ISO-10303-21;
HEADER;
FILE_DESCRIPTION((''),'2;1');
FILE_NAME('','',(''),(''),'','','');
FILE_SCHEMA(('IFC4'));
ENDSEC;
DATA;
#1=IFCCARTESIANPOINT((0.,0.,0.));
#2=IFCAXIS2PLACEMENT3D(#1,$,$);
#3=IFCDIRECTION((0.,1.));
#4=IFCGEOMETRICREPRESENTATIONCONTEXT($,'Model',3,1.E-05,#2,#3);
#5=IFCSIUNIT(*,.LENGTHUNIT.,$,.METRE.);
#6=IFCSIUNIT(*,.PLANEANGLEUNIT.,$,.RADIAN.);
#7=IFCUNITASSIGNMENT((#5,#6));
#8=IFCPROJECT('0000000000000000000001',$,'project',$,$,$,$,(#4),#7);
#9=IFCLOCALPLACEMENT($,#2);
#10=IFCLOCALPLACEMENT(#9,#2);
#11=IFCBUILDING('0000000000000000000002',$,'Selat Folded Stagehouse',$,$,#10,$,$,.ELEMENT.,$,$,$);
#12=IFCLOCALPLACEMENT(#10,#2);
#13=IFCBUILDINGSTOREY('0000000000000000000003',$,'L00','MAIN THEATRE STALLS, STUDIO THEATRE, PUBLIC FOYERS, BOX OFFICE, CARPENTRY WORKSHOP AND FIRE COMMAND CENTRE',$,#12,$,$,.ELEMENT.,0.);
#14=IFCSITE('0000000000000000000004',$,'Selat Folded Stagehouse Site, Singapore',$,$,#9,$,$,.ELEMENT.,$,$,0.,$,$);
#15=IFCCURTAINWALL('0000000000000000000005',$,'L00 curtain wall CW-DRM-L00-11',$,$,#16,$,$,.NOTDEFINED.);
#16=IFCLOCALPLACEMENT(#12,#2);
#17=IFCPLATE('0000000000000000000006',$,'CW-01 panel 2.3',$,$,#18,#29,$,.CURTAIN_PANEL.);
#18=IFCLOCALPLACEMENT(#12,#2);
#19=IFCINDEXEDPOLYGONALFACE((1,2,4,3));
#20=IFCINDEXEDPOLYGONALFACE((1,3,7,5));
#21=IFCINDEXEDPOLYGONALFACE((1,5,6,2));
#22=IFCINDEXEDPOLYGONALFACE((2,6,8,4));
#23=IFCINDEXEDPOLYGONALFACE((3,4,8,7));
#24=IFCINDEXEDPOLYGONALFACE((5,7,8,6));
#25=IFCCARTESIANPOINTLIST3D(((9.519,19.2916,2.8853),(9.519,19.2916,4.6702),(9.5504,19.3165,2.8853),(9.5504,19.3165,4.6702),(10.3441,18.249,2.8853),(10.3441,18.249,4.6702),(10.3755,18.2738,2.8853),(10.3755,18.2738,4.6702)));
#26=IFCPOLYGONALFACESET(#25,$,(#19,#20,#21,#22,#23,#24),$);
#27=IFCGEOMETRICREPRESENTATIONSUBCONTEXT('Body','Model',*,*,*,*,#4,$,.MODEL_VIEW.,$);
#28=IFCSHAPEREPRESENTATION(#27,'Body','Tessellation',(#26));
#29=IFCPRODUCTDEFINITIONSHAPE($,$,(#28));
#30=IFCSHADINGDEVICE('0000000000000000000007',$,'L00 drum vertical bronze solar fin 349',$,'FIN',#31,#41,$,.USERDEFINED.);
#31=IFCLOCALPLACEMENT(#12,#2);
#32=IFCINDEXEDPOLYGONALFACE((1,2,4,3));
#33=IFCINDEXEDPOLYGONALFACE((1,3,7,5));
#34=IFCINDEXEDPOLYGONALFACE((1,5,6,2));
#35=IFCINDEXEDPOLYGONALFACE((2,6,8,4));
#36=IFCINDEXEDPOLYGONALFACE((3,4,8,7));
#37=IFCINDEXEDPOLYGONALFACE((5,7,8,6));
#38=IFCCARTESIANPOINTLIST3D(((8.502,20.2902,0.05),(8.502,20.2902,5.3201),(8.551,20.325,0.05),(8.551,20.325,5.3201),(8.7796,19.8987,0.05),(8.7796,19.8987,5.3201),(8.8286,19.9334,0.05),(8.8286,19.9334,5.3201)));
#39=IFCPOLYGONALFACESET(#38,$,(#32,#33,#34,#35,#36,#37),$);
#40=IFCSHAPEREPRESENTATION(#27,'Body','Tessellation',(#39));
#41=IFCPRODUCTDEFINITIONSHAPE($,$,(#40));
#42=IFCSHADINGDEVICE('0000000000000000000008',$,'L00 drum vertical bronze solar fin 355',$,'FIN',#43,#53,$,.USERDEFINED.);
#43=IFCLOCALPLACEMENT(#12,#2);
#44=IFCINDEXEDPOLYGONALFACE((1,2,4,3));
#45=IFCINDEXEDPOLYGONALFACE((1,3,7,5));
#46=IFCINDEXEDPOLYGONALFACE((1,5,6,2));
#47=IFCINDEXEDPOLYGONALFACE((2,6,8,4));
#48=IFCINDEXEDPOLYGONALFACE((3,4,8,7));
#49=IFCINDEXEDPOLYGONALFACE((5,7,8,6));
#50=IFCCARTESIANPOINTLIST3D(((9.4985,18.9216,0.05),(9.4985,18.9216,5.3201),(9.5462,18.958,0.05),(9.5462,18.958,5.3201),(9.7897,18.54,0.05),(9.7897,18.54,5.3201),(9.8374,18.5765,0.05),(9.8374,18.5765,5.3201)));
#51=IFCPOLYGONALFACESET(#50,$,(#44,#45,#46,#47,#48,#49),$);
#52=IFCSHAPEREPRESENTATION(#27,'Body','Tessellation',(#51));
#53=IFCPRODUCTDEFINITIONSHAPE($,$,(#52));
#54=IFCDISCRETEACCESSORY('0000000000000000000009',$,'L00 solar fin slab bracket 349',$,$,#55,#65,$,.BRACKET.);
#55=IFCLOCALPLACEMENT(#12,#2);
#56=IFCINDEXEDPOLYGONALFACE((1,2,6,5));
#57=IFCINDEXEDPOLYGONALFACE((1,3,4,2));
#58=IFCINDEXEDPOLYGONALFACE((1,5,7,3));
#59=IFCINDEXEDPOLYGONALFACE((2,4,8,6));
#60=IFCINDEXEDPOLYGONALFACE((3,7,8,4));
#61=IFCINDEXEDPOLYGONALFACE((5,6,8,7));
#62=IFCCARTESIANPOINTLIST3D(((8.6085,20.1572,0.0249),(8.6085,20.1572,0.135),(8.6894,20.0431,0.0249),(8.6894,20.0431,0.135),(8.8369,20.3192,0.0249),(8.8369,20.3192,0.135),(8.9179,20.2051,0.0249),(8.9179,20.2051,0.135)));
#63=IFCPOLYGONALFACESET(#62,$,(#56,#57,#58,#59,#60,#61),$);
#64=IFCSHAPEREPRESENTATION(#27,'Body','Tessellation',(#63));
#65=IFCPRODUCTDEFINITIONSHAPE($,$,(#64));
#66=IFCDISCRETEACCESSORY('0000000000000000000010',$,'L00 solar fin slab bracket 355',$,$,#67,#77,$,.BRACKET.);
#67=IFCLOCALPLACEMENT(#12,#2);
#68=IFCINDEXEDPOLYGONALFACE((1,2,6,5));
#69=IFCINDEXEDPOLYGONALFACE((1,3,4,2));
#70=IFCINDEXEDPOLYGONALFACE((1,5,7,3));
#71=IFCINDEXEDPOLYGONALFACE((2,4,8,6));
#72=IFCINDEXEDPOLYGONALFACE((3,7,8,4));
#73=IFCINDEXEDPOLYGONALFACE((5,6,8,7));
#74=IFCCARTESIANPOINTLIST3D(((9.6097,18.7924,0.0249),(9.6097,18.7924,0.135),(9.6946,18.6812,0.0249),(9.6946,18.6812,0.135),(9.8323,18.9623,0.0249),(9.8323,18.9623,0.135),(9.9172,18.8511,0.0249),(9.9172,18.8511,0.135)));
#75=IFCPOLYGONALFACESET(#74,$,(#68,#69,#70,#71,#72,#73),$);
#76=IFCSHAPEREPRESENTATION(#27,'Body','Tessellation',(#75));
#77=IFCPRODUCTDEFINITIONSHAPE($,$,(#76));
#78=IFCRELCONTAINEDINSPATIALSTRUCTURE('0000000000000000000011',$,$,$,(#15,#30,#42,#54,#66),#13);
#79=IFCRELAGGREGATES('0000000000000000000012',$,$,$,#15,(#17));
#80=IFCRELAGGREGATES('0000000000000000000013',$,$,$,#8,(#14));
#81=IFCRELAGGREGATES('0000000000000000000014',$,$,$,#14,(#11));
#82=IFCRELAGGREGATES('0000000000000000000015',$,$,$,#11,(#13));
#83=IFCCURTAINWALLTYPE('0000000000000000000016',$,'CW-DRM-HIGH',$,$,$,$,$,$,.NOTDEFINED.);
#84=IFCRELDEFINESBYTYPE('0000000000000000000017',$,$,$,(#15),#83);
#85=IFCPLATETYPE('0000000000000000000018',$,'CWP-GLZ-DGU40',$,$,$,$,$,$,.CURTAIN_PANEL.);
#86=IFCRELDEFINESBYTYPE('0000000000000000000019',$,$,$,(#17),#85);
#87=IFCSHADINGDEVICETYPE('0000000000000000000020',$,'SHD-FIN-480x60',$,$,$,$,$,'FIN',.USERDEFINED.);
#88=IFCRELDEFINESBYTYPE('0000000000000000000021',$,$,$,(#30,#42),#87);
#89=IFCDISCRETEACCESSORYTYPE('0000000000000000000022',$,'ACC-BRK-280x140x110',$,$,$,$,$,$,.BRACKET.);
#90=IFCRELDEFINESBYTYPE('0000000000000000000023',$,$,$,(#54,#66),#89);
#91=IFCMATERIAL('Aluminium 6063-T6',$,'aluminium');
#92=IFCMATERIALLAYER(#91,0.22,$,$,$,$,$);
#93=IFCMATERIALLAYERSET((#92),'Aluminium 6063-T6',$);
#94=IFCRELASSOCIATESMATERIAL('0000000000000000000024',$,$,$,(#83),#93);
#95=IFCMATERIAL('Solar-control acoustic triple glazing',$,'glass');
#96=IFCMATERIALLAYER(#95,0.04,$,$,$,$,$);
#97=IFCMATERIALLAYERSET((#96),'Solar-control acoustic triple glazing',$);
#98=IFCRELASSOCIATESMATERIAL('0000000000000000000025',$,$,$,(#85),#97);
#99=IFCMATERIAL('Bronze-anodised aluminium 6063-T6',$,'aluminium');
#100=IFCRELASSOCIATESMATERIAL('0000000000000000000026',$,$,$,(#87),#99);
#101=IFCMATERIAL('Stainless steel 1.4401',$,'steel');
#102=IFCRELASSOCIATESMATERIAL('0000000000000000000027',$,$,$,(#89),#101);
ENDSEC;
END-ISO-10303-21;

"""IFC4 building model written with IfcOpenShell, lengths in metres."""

from ifc_helpers import new_model, si_unit, direction, frame, origin, origin_2d, place, context, subcontext, project, spatial, rectangle, extrude, material, layer, layer_set, material_profile, profile_set, type_object, element, aggregate, save


model = new_model("IFC4")

# Units and contexts
model_context = context("Model", 3, precision=1e-05, world=origin(), true_north=direction((0.0, 1.0)))
body_context = subcontext(model_context, "Body", "Model", "MODEL_VIEW")
ifc_project = project(units=[si_unit("LENGTHUNIT", "METRE"), si_unit("PLANEANGLEUNIT", "RADIAN")], contexts=[model_context])

# Site, building, storey
site_placement = place(None, origin())
site = spatial("IfcSite", under=ifc_project, at=site_placement, Name="Selat Folded Stagehouse Site, Singapore", CompositionType="ELEMENT", RefElevation=0.0)
building_placement = place(site_placement, origin())
building = spatial("IfcBuilding", under=site, at=building_placement, Name="Selat Folded Stagehouse", CompositionType="ELEMENT")
storey_placement = place(building_placement, origin())
storey = spatial("IfcBuildingStorey", under=building, at=storey_placement, Name="L00", Description="MAIN THEATRE STALLS, STUDIO THEATRE, PUBLIC FOYERS, BOX OFFICE, CARPENTRY WORKSHOP AND FIRE COMMAND CENTRE", CompositionType="ELEMENT", Elevation=0.0)

# Shared definitions
ifc_material_1 = material(Name="Aluminium 6063-T6", Category="aluminium")
ifc_layer_1 = layer(ifc_material_1, 0.22)
ifc_layer_set_1 = layer_set([ifc_layer_1], Name="Aluminium 6063-T6")
curtain_wall_type = type_object("IfcCurtainWallType", Name="CW-DRM-HIGH", PredefinedType="NOTDEFINED", material=ifc_layer_set_1)

# Curtain wall
curtain_wall_1_placement = place(storey_placement, origin())
curtain_wall_1 = element("IfcCurtainWall", 1, at=curtain_wall_1_placement, inside=storey, type_object=curtain_wall_type, Name="L00 curtain wall CW-DRM-L00-11", PredefinedType="NOTDEFINED")

# Plate
ifc_material_2 = material(Name="Solar-control acoustic triple glazing", Category="glass")
ifc_layer_2 = layer(ifc_material_2, 0.04)
ifc_layer_set_2 = layer_set([ifc_layer_2], Name="Solar-control acoustic triple glazing")
plate_type = type_object("IfcPlateType", Name="CWP-GLZ-DGU40", PredefinedType="CURTAIN_PANEL", material=ifc_layer_set_2)
plate_1_placement = place(storey_placement, frame((9.9473, 18.7827, 2.8853), z_axis=(0.0, 0.0, 1.0), x_axis=(-0.620533, 0.78418, 0.0)))
plate_1 = element("IfcPlate", 2, at=plate_1_placement, type_object=plate_type, Name="CW-01 panel 2.3", PredefinedType="CURTAIN_PANEL", context=body_context, shape_type="SweptSolid", body=[
    extrude(rectangle(XDim=1.3296, YDim=0.04, at=origin_2d()), origin(), (0.0, 0.0, 1.0), 1.7849),
])
aggregate(curtain_wall_1, [plate_1])

# Shading devices
ifc_material_3 = material(Name="Bronze-anodised aluminium 6063-T6", Category="aluminium")
ifc_material_profile_1 = material_profile(ifc_material_3, rectangle(XDim=0.0601, YDim=0.48, at=origin_2d()), Name="SOLAR-FIN 480x60")
ifc_profile_set_1 = profile_set([ifc_material_profile_1], Name="Bronze-anodised aluminium 6063-T6")
shading_device_type = type_object("IfcShadingDeviceType", Name="SHD-FIN-480x60", ElementType="FIN", PredefinedType="USERDEFINED", material=ifc_profile_set_1)
for number, where, z_axis, x_axis, name in (
    (3, (8.6653, 20.1118, 0.05), (0.0, 0.0, 1.0), (-0.815734, -0.578427, 0.0), "L00 drum vertical bronze solar fin 349"),
    (4, (9.668, 18.749, 0.05), (0.0, 0.0, 1.0), (-0.794944, -0.606682, 0.0), "L00 drum vertical bronze solar fin 355"),
):
    element("IfcShadingDevice", number, at=place(storey_placement, frame(where, z_axis=z_axis, x_axis=x_axis)), inside=storey, type_object=shading_device_type, Name=name, ObjectType="FIN", PredefinedType="USERDEFINED", context=body_context, shape_type="SweptSolid", body=[
        extrude(rectangle(XDim=0.0601, YDim=0.48, at=origin_2d()), origin(), (0.0, 0.0, 1.0), 5.27),
    ])

# Discrete accessories
ifc_material_4 = material(Name="Stainless steel 1.4401", Category="steel")
discrete_accessory_type = type_object("IfcDiscreteAccessoryType", Name="ACC-BRK-280x140x110", PredefinedType="BRACKET", material=ifc_material_4)
for number, where, z_axis, x_axis, name in (
    (5, (8.7632, 20.1812, 0.0249), (0.0, 0.0, 1.0), (-0.815734, -0.578427, 0.0), "L00 solar fin slab bracket 349"),
    (6, (9.7634, 18.8218, 0.0249), (0.0, 0.0, 1.0), (-0.794944, -0.606682, 0.0), "L00 solar fin slab bracket 355"),
):
    element("IfcDiscreteAccessory", number, at=place(storey_placement, frame(where, z_axis=z_axis, x_axis=x_axis)), inside=storey, type_object=discrete_accessory_type, Name=name, PredefinedType="BRACKET", context=body_context, shape_type="SweptSolid", body=[
        extrude(rectangle(XDim=0.28, YDim=0.1399, at=origin_2d()), origin(), (0.0, 0.0, 1.0), 0.1101),
    ])

save(model, "model.ifc")
